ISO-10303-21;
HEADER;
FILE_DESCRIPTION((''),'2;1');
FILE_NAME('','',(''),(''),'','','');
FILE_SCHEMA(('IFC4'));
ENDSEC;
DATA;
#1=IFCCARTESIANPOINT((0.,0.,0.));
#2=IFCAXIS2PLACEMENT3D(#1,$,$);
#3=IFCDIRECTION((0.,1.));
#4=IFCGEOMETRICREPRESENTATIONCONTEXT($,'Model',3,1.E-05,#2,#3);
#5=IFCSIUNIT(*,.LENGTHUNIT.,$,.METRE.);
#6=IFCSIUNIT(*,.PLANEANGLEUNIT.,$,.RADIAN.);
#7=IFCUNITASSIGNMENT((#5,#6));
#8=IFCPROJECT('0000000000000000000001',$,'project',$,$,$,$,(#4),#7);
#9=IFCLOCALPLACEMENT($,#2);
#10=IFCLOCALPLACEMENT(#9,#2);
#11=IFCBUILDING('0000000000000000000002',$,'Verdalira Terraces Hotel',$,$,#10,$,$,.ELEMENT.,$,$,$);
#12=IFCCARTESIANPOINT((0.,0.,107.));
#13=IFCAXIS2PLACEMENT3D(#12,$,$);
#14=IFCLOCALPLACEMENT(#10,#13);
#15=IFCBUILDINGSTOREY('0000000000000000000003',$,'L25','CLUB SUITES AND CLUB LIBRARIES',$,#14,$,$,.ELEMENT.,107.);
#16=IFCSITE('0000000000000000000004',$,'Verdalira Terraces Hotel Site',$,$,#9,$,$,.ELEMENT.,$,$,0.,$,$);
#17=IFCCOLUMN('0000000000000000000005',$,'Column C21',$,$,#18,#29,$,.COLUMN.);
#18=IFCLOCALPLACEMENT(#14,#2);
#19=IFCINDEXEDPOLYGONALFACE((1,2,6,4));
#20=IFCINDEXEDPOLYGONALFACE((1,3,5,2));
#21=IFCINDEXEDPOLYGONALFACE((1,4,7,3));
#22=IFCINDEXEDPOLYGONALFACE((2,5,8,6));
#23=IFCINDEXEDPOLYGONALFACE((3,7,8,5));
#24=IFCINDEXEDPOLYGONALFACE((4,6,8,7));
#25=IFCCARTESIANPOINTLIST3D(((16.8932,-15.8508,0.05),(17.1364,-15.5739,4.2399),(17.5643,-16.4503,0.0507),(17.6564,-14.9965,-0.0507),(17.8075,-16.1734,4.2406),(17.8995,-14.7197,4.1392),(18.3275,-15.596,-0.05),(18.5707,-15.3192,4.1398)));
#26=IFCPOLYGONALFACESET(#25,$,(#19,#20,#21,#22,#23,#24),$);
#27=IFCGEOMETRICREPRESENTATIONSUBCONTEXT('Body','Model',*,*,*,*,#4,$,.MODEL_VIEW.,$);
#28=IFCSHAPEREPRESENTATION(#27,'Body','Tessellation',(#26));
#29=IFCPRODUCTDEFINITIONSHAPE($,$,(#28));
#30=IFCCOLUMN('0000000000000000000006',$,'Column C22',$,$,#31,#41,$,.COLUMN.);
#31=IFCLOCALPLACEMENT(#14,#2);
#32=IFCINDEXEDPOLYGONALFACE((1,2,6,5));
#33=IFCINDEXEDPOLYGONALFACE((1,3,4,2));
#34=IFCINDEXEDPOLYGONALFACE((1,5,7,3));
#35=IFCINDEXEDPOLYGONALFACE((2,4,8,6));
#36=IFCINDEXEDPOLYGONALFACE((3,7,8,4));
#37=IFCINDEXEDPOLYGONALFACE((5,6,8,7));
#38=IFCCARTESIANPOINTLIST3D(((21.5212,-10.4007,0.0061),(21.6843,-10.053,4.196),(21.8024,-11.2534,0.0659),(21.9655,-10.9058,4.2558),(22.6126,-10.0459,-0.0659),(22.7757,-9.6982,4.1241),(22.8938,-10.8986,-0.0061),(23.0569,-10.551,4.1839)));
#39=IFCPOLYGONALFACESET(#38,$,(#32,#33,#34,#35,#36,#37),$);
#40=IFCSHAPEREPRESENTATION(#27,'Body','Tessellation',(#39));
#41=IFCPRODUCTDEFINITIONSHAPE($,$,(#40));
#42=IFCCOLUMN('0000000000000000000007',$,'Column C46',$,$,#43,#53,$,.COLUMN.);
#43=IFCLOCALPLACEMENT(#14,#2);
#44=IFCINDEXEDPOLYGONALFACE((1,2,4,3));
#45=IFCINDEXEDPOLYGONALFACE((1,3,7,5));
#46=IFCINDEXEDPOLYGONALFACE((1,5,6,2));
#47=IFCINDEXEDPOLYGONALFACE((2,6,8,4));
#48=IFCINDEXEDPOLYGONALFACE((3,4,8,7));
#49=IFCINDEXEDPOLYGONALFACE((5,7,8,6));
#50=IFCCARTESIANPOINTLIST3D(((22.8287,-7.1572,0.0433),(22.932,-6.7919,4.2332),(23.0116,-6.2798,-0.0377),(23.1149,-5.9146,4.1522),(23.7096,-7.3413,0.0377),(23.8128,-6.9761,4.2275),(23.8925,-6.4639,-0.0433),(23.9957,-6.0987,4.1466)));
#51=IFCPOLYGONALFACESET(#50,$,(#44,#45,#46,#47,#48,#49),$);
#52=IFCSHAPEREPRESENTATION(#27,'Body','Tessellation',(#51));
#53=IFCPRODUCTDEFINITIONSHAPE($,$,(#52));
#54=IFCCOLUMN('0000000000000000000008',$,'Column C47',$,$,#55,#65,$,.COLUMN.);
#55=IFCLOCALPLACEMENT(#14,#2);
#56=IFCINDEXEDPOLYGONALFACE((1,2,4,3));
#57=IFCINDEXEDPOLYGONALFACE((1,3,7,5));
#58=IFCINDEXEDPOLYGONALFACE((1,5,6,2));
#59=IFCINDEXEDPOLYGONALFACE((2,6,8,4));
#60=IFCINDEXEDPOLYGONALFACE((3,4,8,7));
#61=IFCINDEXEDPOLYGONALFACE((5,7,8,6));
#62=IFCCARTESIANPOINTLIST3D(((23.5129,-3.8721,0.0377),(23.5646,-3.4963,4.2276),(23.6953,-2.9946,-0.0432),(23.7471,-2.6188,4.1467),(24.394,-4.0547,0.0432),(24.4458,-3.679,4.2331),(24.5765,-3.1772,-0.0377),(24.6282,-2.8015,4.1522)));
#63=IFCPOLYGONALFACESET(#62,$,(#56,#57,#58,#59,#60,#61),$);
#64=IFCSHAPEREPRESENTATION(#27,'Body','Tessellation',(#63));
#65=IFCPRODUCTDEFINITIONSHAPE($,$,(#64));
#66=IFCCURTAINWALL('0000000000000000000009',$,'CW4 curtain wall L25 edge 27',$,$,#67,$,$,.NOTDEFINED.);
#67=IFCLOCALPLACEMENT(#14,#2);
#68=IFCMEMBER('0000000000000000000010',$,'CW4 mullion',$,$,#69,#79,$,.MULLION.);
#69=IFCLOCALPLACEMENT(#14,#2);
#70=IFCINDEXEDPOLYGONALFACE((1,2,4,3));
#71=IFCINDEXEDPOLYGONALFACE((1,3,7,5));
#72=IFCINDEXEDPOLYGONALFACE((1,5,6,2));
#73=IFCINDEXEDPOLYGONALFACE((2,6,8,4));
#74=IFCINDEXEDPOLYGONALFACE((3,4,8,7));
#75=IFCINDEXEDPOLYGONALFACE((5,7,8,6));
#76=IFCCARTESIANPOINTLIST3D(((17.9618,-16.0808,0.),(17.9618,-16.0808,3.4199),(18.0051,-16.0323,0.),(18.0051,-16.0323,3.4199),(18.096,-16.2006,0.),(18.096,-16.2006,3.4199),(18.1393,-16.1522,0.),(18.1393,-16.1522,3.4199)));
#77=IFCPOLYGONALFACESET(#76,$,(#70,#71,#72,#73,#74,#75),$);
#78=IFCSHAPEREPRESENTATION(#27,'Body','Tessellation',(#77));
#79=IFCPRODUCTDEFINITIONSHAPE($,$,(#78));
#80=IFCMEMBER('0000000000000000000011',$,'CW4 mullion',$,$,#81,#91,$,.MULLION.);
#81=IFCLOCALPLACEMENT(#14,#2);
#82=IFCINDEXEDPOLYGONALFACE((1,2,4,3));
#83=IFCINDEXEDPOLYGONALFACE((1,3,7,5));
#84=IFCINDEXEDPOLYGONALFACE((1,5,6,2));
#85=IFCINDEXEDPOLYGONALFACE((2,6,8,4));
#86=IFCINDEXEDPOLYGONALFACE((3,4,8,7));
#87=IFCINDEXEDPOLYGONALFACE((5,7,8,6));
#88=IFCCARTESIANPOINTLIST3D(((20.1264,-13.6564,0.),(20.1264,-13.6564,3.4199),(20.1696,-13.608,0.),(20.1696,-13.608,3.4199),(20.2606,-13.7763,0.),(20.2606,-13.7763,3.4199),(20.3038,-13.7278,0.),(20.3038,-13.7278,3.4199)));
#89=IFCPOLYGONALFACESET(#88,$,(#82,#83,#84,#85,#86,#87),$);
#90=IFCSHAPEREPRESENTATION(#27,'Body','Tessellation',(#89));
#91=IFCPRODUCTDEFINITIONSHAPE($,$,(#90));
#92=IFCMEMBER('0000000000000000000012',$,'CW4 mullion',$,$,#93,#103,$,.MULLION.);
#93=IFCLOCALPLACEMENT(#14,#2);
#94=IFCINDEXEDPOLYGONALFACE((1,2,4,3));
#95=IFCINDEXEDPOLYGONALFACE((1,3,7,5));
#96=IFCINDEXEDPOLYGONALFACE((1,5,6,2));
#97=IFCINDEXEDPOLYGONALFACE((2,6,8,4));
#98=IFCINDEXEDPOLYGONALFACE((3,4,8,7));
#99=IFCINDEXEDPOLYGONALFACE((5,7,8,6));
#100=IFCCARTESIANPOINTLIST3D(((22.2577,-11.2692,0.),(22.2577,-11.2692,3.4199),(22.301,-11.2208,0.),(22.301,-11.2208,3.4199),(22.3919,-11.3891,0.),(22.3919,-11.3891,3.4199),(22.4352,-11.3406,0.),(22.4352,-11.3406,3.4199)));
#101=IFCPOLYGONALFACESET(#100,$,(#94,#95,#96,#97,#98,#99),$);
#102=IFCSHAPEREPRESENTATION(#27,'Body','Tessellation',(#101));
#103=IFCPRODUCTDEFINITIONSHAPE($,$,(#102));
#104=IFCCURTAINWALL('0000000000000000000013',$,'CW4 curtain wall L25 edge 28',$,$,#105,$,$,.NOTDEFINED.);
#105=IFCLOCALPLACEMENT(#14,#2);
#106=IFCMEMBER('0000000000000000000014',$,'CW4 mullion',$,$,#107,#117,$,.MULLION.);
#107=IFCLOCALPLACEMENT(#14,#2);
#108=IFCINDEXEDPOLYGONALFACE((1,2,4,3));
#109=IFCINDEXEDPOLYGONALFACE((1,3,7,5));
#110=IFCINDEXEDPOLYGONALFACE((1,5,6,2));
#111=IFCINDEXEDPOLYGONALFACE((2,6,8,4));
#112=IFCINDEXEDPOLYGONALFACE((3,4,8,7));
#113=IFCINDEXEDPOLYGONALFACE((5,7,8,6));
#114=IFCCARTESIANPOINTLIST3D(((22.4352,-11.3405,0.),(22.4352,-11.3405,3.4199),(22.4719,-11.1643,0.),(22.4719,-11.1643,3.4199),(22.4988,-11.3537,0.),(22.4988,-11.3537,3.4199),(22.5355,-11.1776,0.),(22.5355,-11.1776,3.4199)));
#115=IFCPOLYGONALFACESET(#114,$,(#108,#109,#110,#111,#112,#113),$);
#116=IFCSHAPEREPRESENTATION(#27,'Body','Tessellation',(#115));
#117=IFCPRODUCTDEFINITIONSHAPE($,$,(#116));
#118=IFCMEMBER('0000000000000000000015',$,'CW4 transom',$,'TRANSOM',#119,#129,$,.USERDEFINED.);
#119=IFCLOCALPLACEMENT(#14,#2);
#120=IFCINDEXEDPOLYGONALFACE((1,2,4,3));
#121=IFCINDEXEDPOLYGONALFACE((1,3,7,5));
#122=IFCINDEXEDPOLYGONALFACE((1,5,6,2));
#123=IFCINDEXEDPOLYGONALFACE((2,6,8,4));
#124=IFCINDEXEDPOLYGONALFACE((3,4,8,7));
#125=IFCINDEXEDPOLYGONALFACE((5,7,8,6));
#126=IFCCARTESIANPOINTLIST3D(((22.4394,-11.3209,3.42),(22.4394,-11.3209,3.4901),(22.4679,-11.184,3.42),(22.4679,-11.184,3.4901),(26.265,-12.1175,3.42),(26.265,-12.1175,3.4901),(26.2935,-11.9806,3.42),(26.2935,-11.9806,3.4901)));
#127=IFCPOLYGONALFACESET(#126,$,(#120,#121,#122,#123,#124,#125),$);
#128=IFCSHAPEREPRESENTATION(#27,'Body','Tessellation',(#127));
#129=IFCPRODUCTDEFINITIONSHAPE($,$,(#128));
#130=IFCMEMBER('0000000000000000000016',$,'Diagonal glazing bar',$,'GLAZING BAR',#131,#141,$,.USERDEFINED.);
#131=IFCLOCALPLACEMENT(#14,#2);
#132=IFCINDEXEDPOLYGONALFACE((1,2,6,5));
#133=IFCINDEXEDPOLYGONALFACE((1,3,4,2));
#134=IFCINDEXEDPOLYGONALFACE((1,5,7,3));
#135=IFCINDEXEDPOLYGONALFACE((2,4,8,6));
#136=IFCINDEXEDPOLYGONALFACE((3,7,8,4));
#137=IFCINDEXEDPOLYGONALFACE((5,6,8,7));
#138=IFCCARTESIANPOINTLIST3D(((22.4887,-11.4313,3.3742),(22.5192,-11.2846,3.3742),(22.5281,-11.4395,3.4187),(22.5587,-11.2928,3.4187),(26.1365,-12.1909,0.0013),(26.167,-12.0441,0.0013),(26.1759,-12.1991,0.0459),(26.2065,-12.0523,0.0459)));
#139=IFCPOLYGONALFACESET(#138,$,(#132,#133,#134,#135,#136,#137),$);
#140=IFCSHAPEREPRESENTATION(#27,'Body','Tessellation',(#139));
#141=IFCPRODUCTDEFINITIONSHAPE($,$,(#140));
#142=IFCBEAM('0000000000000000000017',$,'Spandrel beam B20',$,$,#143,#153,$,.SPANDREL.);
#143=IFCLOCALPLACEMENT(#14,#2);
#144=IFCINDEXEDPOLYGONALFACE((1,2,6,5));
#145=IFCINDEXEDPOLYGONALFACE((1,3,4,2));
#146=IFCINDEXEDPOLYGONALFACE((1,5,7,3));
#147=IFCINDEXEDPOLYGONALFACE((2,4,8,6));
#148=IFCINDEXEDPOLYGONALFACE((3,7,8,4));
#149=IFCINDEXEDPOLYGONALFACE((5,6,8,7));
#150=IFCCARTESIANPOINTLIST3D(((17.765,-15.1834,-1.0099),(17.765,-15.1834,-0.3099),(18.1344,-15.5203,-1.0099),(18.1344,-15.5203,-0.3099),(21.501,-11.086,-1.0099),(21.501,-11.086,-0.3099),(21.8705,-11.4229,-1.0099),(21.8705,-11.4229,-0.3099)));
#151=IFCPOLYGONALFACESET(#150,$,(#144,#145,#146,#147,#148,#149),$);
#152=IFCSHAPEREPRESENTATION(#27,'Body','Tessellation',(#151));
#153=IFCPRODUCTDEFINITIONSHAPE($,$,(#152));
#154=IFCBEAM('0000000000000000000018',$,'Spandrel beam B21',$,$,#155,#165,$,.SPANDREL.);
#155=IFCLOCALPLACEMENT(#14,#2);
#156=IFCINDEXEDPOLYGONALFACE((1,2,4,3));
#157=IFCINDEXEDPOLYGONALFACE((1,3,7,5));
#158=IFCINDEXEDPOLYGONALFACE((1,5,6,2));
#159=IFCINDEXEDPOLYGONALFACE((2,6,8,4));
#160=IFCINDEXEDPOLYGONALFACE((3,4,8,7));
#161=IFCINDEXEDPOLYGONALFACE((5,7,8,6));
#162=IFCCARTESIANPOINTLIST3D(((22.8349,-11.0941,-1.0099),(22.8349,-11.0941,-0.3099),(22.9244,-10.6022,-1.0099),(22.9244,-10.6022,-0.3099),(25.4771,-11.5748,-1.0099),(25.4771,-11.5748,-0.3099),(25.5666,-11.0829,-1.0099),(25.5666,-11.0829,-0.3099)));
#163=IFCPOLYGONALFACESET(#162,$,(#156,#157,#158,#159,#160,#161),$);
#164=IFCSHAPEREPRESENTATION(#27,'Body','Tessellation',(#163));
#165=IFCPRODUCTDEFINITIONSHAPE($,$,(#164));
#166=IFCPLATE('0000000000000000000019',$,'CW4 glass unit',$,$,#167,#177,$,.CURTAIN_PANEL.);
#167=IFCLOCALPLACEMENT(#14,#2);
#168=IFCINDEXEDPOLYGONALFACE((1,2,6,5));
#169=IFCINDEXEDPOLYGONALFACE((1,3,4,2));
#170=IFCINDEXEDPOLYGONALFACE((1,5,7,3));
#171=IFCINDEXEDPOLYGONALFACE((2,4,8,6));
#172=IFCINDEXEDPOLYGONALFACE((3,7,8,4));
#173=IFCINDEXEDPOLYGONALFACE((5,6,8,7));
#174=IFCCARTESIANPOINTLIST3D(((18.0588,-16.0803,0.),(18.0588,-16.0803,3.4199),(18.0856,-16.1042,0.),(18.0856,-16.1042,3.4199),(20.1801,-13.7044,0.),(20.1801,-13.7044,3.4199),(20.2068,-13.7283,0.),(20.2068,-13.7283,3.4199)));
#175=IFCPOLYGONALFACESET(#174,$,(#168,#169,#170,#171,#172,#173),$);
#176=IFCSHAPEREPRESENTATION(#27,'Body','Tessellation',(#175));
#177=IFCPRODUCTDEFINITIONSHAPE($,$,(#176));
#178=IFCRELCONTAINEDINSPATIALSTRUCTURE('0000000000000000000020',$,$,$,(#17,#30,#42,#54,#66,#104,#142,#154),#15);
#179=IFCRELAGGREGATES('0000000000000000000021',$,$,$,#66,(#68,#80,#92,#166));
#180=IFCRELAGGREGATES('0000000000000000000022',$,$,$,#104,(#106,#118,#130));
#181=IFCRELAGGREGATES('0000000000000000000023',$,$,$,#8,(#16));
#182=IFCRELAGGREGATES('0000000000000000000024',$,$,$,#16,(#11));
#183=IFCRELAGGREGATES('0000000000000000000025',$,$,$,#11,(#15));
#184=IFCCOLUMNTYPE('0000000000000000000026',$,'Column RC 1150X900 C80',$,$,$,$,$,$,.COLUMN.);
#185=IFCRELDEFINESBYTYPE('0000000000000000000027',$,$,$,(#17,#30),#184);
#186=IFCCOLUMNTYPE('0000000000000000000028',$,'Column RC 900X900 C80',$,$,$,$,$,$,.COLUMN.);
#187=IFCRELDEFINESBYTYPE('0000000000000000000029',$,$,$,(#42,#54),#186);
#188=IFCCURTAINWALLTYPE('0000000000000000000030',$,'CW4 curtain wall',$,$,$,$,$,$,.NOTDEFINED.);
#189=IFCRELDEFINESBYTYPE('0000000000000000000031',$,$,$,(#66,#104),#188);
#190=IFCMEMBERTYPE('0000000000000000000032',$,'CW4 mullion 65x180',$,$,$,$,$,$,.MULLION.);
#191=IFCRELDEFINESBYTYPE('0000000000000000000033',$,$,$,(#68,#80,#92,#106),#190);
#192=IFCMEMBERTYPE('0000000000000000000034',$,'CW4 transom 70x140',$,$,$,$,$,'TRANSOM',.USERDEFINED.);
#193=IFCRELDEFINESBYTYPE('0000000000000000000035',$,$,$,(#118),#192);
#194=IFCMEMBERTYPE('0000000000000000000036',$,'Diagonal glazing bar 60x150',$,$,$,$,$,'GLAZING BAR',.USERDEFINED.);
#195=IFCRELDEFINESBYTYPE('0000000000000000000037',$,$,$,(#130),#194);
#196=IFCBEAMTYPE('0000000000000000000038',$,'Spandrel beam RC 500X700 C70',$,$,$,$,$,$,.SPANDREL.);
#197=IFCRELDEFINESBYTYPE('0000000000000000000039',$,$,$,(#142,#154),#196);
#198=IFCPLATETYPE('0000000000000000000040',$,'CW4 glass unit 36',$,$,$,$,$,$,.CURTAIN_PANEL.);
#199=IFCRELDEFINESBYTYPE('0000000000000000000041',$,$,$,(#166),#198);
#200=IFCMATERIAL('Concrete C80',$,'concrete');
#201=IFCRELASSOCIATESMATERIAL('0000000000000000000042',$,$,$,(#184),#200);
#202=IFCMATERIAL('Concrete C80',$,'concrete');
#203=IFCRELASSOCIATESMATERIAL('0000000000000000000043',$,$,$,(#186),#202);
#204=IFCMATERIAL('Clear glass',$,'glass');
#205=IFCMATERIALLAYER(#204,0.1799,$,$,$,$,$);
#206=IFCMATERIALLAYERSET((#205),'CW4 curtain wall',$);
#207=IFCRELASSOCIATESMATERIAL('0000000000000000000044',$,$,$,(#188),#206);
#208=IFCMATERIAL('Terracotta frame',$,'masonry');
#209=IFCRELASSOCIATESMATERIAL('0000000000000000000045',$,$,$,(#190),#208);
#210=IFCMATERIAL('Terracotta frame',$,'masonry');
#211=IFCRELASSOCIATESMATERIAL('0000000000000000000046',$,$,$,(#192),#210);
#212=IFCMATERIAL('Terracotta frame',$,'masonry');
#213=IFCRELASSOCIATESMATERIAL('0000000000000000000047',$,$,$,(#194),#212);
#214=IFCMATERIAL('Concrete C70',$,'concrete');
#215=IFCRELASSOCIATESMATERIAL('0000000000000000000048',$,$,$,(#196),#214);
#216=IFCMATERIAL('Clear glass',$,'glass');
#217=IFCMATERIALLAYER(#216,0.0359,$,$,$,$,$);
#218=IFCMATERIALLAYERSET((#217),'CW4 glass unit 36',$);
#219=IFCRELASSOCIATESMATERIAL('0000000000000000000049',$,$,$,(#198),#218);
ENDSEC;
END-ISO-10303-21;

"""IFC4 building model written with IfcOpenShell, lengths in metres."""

from ifc_helpers import new_model, si_unit, direction, frame, origin, origin_2d, place, context, subcontext, project, spatial, rectangle, extrude, material, layer, layer_set, material_profile, profile_set, type_object, element, aggregate, save


model = new_model("IFC4")

# Units and contexts
model_context = context("Model", 3, precision=1e-05, world=origin(), true_north=direction((0.0, 1.0)))
body_context = subcontext(model_context, "Body", "Model", "MODEL_VIEW")
ifc_project = project(units=[si_unit("LENGTHUNIT", "METRE"), si_unit("PLANEANGLEUNIT", "RADIAN")], contexts=[model_context])

# Site, building, storey
site_placement = place(None, origin())
site = spatial("IfcSite", under=ifc_project, at=site_placement, Name="Verdalira Terraces Hotel Site", CompositionType="ELEMENT", RefElevation=0.0)
building_placement = place(site_placement, origin())
building = spatial("IfcBuilding", under=site, at=building_placement, Name="Verdalira Terraces Hotel", CompositionType="ELEMENT")
storey_placement = place(building_placement, frame((0.0, 0.0, 107.0)))
storey = spatial("IfcBuildingStorey", under=building, at=storey_placement, Name="L25", Description="CLUB SUITES AND CLUB LIBRARIES", CompositionType="ELEMENT", Elevation=107.0)

# Columns
ifc_material_1 = material(Name="Concrete C80", Category="concrete")
ifc_material_profile_1 = material_profile(ifc_material_1, rectangle(XDim=1.1499, YDim=0.8999, at=origin_2d()), Name="RC 1150X900")
ifc_profile_set_1 = profile_set([ifc_material_profile_1], Name="Concrete C80")
column_type_1 = type_object("IfcColumnType", Name="Column RC 1150X900 C80", PredefinedType="COLUMN", material=ifc_profile_set_1)
column_1_placement = place(storey_placement, frame((17.6104, -15.7234, 0.0), z_axis=(0.057812, 0.065822, 0.996155), x_axis=(0.663669, 0.742879, -0.087603)))
element("IfcColumn", 1, at=column_1_placement, inside=storey, type_object=column_type_1, Name="Column C21", PredefinedType="COLUMN", context=body_context, shape_type="SweptSolid", body=[
    extrude(rectangle(XDim=1.1499, YDim=0.8999, at=origin_2d()), origin(), (0.0, 0.0, 1.0), 4.2061),
])
column_2_placement = place(storey_placement, frame((22.2075, -10.6497, 0.0), z_axis=(0.038761, 0.082628, 0.995826), x_axis=(-0.949143, -0.308571, 0.062547)))
element("IfcColumn", 2, at=column_2_placement, inside=storey, type_object=column_type_1, Name="Column C22", PredefinedType="COLUMN", context=body_context, shape_type="SweptSolid", body=[
    extrude(rectangle(XDim=1.1499, YDim=0.8999, at=origin_2d()), origin(), (0.0, 0.0, 1.0), 4.2075),
])
ifc_material_2 = material(Name="Concrete C80", Category="concrete")
ifc_material_profile_2 = material_profile(ifc_material_2, rectangle(XDim=0.8999, YDim=0.8999, at=origin_2d()), Name="RC 900X900")
ifc_profile_set_2 = profile_set([ifc_material_profile_2], Name="Concrete C80")
column_type_2 = type_object("IfcColumnType", Name="Column RC 900X900 C80", PredefinedType="COLUMN", material=ifc_profile_set_2)
for number, where, z_axis, x_axis, name in (
    (3, (23.3606, -6.8105, 0.0), (0.024547, 0.086814, 0.995922), (0.978822, -0.204619, -0.006289), "Column C46"),
    (4, (24.0447, -3.5247, 0.0), (0.012303, 0.08931, 0.995928), (0.979161, -0.202995, 0.006108), "Column C47"),
):
    element("IfcColumn", number, at=place(storey_placement, frame(where, z_axis=z_axis, x_axis=x_axis)), inside=storey, type_object=column_type_2, Name=name, PredefinedType="COLUMN", context=body_context, shape_type="SweptSolid", body=[
        extrude(rectangle(XDim=0.8999, YDim=0.8999, at=origin_2d()), origin(), (0.0, 0.0, 1.0), 4.207),
    ])

# Curtain walls, members
ifc_material_3 = material(Name="Clear glass", Category="glass")
ifc_layer_1 = layer(ifc_material_3, 0.1799)
ifc_layer_set_1 = layer_set([ifc_layer_1], Name="CW4 curtain wall")
curtain_wall_type = type_object("IfcCurtainWallType", Name="CW4 curtain wall", PredefinedType="NOTDEFINED", material=ifc_layer_set_1)
curtain_wall_1_placement = place(storey_placement, origin())
curtain_wall_1 = element("IfcCurtainWall", 5, at=curtain_wall_1_placement, inside=storey, type_object=curtain_wall_type, Name="CW4 curtain wall L25 edge 27", PredefinedType="NOTDEFINED")
ifc_material_4 = material(Name="Terracotta frame", Category="masonry")
ifc_material_profile_3 = material_profile(ifc_material_4, rectangle(XDim=0.0649, YDim=0.1799, at=origin_2d()), Name="MU 65x180")
ifc_profile_set_3 = profile_set([ifc_material_profile_3], Name="Terracotta frame")
member_type_1 = type_object("IfcMemberType", Name="CW4 mullion 65x180", PredefinedType="MULLION", material=ifc_profile_set_3)
member_1_placement = place(storey_placement, frame((18.0505, -16.1165, 0.0), z_axis=(0.0, 0.0, 1.0), x_axis=(0.666012, 0.745941, 0.0)))
member_1 = element("IfcMember", 6, at=member_1_placement, type_object=member_type_1, Name="CW4 mullion", PredefinedType="MULLION", context=body_context, shape_type="SweptSolid", body=[
    extrude(rectangle(XDim=0.0649, YDim=0.1799, at=origin_2d()), origin(), (0.0, 0.0, 1.0), 3.4199),
])
member_2_placement = place(storey_placement, frame((20.2151, -13.6921, 0.0), z_axis=(0.0, 0.0, 1.0), x_axis=(0.666012, 0.745941, 0.0)))
member_2 = element("IfcMember", 7, at=member_2_placement, type_object=member_type_1, Name="CW4 mullion", PredefinedType="MULLION", context=body_context, shape_type="SweptSolid", body=[
    extrude(rectangle(XDim=0.0649, YDim=0.1799, at=origin_2d()), origin(), (0.0, 0.0, 1.0), 3.4199),
])
member_3_placement = place(storey_placement, frame((22.3464, -11.3049, 0.0), z_axis=(0.0, 0.0, 1.0), x_axis=(0.666012, 0.745941, 0.0)))
member_3 = element("IfcMember", 8, at=member_3_placement, type_object=member_type_1, Name="CW4 mullion", PredefinedType="MULLION", context=body_context, shape_type="SweptSolid", body=[
    extrude(rectangle(XDim=0.0649, YDim=0.1799, at=origin_2d()), origin(), (0.0, 0.0, 1.0), 3.4199),
])
curtain_wall_2_placement = place(storey_placement, origin())
curtain_wall_2 = element("IfcCurtainWall", 9, at=curtain_wall_2_placement, inside=storey, type_object=curtain_wall_type, Name="CW4 curtain wall L25 edge 28", PredefinedType="NOTDEFINED")
member_4_placement = place(storey_placement, frame((22.4854, -11.259, 0.0), z_axis=(0.0, 0.0, 1.0), x_axis=(0.97901, -0.203813, 0.0)))
member_4 = element("IfcMember", 10, at=member_4_placement, type_object=member_type_1, Name="CW4 mullion", PredefinedType="MULLION", context=body_context, shape_type="SweptSolid", body=[
    extrude(rectangle(XDim=0.0649, YDim=0.1799, at=origin_2d()), origin(), (0.0, 0.0, 1.0), 3.4199),
])
ifc_material_5 = material(Name="Terracotta frame", Category="masonry")
ifc_material_profile_4 = material_profile(ifc_material_5, rectangle(XDim=0.1399, YDim=0.0701, at=origin_2d()), Name="TR 70x140")
ifc_profile_set_4 = profile_set([ifc_material_profile_4], Name="Terracotta frame")
member_type_2 = type_object("IfcMemberType", Name="CW4 transom 70x140", ElementType="TRANSOM", PredefinedType="USERDEFINED", material=ifc_profile_set_4)
member_5_placement = place(storey_placement, frame((22.4536, -11.2524, 3.4551), z_axis=(0.979, -0.203859, 0.0), x_axis=(0.203859, 0.979, 0.0)))
member_5 = element("IfcMember", 11, at=member_5_placement, type_object=member_type_2, Name="CW4 transom", ObjectType="TRANSOM", PredefinedType="USERDEFINED", context=body_context, shape_type="SweptSolid", body=[
    extrude(rectangle(XDim=0.1399, YDim=0.0701, at=origin_2d()), origin(), (0.0, 0.0, 1.0), 3.9077),
])
ifc_material_6 = material(Name="Terracotta frame", Category="masonry")
ifc_material_profile_5 = material_profile(ifc_material_6, rectangle(XDim=0.1499, YDim=0.0601, at=origin_2d()), Name="GB 60x150")
ifc_profile_set_5 = profile_set([ifc_material_profile_5], Name="Terracotta frame")
member_type_3 = type_object("IfcMemberType", Name="Diagonal glazing bar 60x150", ElementType="GLAZING BAR", PredefinedType="USERDEFINED", material=ifc_profile_set_5)
member_6_placement = place(storey_placement, frame((22.5237, -11.3621, 3.3965), z_axis=(0.725799, -0.151125, -0.671101), x_axis=(0.203847, 0.979003, 0.0)))
member_6 = element("IfcMember", 12, at=member_6_placement, type_object=member_type_3, Name="Diagonal glazing bar", ObjectType="GLAZING BAR", PredefinedType="USERDEFINED", context=body_context, shape_type="SweptSolid", body=[
    extrude(rectangle(XDim=0.1499, YDim=0.0601, at=origin_2d()), origin(), (0.0, 0.0, 1.0), 5.0259),
])

# Beams
ifc_material_7 = material(Name="Concrete C70", Category="concrete")
ifc_material_profile_6 = material_profile(ifc_material_7, rectangle(XDim=0.5, YDim=0.7, at=origin_2d()), Name="RC 500X700")
ifc_profile_set_6 = profile_set([ifc_material_profile_6], Name="Concrete C70")
beam_type = type_object("IfcBeamType", Name="Spandrel beam RC 500X700 C70", PredefinedType="SPANDREL", material=ifc_profile_set_6)
beam_1_placement = place(storey_placement, frame((17.9497, -15.3518, -0.6599), z_axis=(0.673774, 0.738937, 0.0), x_axis=(-0.738937, 0.673774, 0.0)))
element("IfcBeam", 13, at=beam_1_placement, inside=storey, type_object=beam_type, Name="Spandrel beam B20", PredefinedType="SPANDREL", context=body_context, shape_type="SweptSolid", body=[
    extrude(rectangle(XDim=0.5, YDim=0.7, at=origin_2d()), origin(), (0.0, 0.0, 1.0), 5.5449),
])
beam_2_placement = place(storey_placement, frame((22.8796, -10.8481, -0.6599), z_axis=(0.983848, -0.179005, 0.0), x_axis=(0.179005, 0.983848, 0.0)))
element("IfcBeam", 14, at=beam_2_placement, inside=storey, type_object=beam_type, Name="Spandrel beam B21", PredefinedType="SPANDREL", context=body_context, shape_type="SweptSolid", body=[
    extrude(rectangle(XDim=0.5, YDim=0.7, at=origin_2d()), origin(), (0.0, 0.0, 1.0), 2.6855),
])

# Plate
ifc_material_8 = material(Name="Clear glass", Category="glass")
ifc_layer_2 = layer(ifc_material_8, 0.0359)
ifc_layer_set_2 = layer_set([ifc_layer_2], Name="CW4 glass unit 36")
plate_type = type_object("IfcPlateType", Name="CW4 glass unit 36", PredefinedType="CURTAIN_PANEL", material=ifc_layer_set_2)
plate_1_placement = place(storey_placement, frame((19.1328, -14.9043, 0.0), z_axis=(0.0, 0.0, 1.0), x_axis=(0.666012, 0.745941, 0.0)))
plate_1 = element("IfcPlate", 15, at=plate_1_placement, type_object=plate_type, Name="CW4 glass unit", PredefinedType="CURTAIN_PANEL", context=body_context, shape_type="SweptSolid", body=[
    extrude(rectangle(XDim=3.1851, YDim=0.0359, at=origin_2d()), origin(), (0.0, 0.0, 1.0), 3.4199),
])
aggregate(curtain_wall_1, [member_1, member_2, member_3, plate_1])
aggregate(curtain_wall_2, [member_4, member_5, member_6])

save(model, "model.ifc")
